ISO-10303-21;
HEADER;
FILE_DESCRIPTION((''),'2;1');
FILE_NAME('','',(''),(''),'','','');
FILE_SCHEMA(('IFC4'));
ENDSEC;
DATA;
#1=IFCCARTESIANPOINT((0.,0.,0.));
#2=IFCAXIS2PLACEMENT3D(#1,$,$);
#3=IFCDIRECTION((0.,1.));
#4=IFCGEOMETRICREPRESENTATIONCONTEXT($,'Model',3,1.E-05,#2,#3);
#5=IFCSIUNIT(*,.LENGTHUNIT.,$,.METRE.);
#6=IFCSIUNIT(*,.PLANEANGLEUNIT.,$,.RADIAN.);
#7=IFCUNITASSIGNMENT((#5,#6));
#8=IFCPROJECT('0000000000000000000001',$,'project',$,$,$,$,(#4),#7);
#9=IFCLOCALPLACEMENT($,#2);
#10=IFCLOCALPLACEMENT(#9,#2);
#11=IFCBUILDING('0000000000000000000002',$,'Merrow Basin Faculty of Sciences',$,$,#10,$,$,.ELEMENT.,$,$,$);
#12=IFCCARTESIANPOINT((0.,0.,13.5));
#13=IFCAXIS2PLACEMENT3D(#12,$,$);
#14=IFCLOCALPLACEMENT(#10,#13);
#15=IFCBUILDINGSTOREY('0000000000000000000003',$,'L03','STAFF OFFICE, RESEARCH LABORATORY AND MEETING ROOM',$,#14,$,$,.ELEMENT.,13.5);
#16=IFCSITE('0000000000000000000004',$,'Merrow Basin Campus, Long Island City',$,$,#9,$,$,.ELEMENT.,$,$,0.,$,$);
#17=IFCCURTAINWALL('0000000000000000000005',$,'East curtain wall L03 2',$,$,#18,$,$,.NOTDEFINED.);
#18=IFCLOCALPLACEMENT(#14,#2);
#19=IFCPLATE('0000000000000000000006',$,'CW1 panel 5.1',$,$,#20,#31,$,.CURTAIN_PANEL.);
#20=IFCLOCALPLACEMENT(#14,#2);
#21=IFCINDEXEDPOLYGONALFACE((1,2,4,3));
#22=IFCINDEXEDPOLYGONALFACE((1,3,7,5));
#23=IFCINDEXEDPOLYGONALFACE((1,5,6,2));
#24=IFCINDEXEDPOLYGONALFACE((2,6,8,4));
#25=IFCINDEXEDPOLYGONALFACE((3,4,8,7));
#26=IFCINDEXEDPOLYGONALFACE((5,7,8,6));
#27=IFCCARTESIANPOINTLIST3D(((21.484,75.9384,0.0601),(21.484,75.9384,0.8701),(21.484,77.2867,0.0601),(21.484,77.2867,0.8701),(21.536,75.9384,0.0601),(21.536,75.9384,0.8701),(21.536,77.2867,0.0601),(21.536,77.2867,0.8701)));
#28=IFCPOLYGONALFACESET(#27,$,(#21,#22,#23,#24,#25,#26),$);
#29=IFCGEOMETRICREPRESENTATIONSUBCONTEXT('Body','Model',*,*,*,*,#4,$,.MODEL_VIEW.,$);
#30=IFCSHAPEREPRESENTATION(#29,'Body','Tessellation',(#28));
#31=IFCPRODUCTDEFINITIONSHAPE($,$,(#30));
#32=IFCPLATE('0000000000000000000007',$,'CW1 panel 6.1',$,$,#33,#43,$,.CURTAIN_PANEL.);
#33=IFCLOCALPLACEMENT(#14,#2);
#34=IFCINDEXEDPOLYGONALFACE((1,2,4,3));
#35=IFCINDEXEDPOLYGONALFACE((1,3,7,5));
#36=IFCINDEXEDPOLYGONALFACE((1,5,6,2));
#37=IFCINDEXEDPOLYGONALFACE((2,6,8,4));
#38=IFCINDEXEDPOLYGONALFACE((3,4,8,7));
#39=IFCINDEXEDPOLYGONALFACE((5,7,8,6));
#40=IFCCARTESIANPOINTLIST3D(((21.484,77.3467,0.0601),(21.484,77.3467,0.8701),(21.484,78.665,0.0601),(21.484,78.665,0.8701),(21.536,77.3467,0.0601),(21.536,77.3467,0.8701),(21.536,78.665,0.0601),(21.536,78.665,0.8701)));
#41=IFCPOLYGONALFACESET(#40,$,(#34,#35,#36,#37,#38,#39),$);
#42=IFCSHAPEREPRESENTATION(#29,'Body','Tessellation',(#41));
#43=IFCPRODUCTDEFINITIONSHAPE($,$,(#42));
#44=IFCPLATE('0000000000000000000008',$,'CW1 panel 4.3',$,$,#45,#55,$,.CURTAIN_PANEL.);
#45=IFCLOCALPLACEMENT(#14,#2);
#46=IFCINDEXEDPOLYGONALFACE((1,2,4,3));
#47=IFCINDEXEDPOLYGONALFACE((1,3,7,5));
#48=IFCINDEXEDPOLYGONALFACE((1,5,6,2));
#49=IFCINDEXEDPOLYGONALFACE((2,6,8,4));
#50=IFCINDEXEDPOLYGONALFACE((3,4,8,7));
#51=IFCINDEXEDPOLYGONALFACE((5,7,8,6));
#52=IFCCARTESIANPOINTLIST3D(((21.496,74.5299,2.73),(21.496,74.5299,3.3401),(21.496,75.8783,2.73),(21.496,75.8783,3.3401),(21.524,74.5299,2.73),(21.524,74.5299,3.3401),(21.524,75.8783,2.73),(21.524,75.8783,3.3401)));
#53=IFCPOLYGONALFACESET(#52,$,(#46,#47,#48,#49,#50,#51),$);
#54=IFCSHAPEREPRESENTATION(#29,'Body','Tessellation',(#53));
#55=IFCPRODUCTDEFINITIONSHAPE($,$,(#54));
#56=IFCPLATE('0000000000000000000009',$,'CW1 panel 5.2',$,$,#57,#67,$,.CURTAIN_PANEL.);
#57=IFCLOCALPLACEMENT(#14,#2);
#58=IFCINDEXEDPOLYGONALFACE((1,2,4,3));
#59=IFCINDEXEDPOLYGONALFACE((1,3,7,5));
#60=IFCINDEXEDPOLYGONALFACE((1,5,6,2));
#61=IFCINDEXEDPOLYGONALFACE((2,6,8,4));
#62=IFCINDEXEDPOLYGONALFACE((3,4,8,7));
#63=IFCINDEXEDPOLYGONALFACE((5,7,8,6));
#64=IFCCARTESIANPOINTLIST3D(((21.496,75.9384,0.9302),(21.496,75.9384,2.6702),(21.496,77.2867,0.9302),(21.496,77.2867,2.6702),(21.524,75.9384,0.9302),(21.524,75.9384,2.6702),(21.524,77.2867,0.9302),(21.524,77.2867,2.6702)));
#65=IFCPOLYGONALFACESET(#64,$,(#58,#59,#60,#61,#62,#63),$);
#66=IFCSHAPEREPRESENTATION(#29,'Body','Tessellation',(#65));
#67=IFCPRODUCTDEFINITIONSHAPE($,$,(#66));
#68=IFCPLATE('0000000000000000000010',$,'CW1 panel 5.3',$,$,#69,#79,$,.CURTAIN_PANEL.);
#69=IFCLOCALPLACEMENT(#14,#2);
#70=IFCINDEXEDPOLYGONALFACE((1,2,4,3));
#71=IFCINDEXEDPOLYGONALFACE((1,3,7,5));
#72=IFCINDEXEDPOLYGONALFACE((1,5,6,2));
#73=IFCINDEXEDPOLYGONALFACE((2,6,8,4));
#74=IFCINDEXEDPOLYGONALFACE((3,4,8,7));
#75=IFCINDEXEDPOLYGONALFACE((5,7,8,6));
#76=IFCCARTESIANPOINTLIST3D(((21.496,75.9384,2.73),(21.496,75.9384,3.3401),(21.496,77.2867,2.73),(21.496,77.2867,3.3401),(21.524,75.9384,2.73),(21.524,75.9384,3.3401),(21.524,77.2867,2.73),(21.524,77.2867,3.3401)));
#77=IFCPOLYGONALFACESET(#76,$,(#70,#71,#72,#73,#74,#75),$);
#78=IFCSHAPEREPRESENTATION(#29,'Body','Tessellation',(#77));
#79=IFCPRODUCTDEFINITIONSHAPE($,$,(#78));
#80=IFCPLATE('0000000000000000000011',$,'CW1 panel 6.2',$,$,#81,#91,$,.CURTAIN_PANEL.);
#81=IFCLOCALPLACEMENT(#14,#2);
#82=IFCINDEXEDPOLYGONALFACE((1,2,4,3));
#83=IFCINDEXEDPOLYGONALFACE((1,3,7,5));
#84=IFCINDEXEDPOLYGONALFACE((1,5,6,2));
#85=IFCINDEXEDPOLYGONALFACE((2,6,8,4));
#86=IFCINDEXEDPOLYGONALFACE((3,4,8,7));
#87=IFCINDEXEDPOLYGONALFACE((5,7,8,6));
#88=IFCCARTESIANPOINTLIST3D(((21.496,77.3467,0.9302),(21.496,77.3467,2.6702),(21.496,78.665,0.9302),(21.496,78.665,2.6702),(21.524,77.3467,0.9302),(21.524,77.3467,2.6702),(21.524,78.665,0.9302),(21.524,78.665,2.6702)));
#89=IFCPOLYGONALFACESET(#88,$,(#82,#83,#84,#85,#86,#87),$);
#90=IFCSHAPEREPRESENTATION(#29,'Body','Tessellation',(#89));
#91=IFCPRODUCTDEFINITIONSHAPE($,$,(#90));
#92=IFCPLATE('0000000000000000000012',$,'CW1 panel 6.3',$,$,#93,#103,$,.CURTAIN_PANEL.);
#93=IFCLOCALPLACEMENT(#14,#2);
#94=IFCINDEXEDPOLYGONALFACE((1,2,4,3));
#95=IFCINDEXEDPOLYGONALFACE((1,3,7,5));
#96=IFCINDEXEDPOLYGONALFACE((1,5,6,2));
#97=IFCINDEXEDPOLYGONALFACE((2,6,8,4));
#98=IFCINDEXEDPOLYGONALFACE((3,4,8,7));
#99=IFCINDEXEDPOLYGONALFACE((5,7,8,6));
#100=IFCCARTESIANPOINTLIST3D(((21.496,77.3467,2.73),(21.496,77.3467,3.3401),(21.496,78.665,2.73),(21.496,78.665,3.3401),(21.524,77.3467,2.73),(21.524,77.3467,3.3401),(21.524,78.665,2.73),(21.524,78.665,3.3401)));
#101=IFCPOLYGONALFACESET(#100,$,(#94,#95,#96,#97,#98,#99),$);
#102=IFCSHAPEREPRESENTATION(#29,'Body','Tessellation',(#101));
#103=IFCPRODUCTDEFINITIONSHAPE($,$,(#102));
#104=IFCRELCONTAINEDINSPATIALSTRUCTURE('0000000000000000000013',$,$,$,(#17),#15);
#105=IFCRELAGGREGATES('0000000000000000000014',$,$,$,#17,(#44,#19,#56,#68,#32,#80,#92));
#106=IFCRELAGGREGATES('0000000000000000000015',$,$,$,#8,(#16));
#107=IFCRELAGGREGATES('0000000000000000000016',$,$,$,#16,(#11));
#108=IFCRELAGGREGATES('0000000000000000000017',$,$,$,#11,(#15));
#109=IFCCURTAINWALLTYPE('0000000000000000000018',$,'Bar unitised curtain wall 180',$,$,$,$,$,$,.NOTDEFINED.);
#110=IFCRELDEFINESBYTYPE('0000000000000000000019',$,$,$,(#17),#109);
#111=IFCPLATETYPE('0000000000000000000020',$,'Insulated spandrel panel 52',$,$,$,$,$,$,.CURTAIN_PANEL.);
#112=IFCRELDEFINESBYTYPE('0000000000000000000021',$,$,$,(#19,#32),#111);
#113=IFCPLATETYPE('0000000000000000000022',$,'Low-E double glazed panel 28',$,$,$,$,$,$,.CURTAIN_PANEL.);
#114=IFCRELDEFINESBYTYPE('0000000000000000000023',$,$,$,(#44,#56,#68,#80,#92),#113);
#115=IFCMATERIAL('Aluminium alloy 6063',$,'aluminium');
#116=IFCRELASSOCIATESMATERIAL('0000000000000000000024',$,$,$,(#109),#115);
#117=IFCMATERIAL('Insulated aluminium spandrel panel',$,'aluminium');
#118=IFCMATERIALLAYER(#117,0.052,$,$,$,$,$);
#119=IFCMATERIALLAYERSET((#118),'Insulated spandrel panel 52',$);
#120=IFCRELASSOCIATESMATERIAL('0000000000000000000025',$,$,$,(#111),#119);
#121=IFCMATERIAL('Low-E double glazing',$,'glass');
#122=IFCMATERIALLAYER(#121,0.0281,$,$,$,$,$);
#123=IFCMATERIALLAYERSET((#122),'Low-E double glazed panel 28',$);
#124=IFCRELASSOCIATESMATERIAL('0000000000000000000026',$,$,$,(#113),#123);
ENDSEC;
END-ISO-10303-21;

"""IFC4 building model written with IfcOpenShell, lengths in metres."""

from ifc_helpers import new_model, si_unit, direction, frame, origin, origin_2d, place, context, subcontext, project, spatial, rectangle, extrude, material, layer, layer_set, type_object, element, aggregate, save


model = new_model("IFC4")

# Units and contexts
model_context = context("Model", 3, precision=1e-05, world=origin(), true_north=direction((0.0, 1.0)))
body_context = subcontext(model_context, "Body", "Model", "MODEL_VIEW")
ifc_project = project(units=[si_unit("LENGTHUNIT", "METRE"), si_unit("PLANEANGLEUNIT", "RADIAN")], contexts=[model_context])

# Site, building, storey
site_placement = place(None, origin())
site = spatial("IfcSite", under=ifc_project, at=site_placement, Name="Merrow Basin Campus, Long Island City", CompositionType="ELEMENT", RefElevation=0.0)
building_placement = place(site_placement, origin())
building = spatial("IfcBuilding", under=site, at=building_placement, Name="Merrow Basin Faculty of Sciences", CompositionType="ELEMENT")
storey_placement = place(building_placement, frame((0.0, 0.0, 13.5)))
storey = spatial("IfcBuildingStorey", under=building, at=storey_placement, Name="L03", Description="STAFF OFFICE, RESEARCH LABORATORY AND MEETING ROOM", CompositionType="ELEMENT", Elevation=13.5)

# Curtain wall
ifc_material_1 = material(Name="Aluminium alloy 6063", Category="aluminium")
curtain_wall_type = type_object("IfcCurtainWallType", Name="Bar unitised curtain wall 180", PredefinedType="NOTDEFINED", material=ifc_material_1)
curtain_wall_1_placement = place(storey_placement, origin())
curtain_wall_1 = element("IfcCurtainWall", 1, at=curtain_wall_1_placement, inside=storey, type_object=curtain_wall_type, Name="East curtain wall L03 2", PredefinedType="NOTDEFINED")

# Plates
ifc_material_2 = material(Name="Insulated aluminium spandrel panel", Category="aluminium")
ifc_layer_1 = layer(ifc_material_2, 0.052)
ifc_layer_set_1 = layer_set([ifc_layer_1], Name="Insulated spandrel panel 52")
plate_type_1 = type_object("IfcPlateType", Name="Insulated spandrel panel 52", PredefinedType="CURTAIN_PANEL", material=ifc_layer_set_1)
plate_1_placement = place(storey_placement, frame((21.51, 76.6125, 0.0601), z_axis=(0.0, 0.0, 1.0), x_axis=(0.0, 1.0, 0.0)))
plate_1 = element("IfcPlate", 2, at=plate_1_placement, type_object=plate_type_1, Name="CW1 panel 5.1", PredefinedType="CURTAIN_PANEL", context=body_context, shape_type="SweptSolid", body=[
    extrude(rectangle(XDim=1.3484, YDim=0.052, at=origin_2d()), origin(), (0.0, 0.0, 1.0), 0.8101),
])
plate_2_placement = place(storey_placement, frame((21.51, 78.0059, 0.0601), z_axis=(0.0, 0.0, 1.0), x_axis=(0.0, 1.0, 0.0)))
plate_2 = element("IfcPlate", 3, at=plate_2_placement, type_object=plate_type_1, Name="CW1 panel 6.1", PredefinedType="CURTAIN_PANEL", context=body_context, shape_type="SweptSolid", body=[
    extrude(rectangle(XDim=1.3184, YDim=0.052, at=origin_2d()), origin(), (0.0, 0.0, 1.0), 0.8101),
])
ifc_material_3 = material(Name="Low-E double glazing", Category="glass")
ifc_layer_2 = layer(ifc_material_3, 0.0281)
ifc_layer_set_2 = layer_set([ifc_layer_2], Name="Low-E double glazed panel 28")
plate_type_2 = type_object("IfcPlateType", Name="Low-E double glazed panel 28", PredefinedType="CURTAIN_PANEL", material=ifc_layer_set_2)
plate_3_placement = place(storey_placement, frame((21.51, 75.2041, 2.73), z_axis=(0.0, 0.0, 1.0), x_axis=(0.0, 1.0, 0.0)))
plate_3 = element("IfcPlate", 4, at=plate_3_placement, type_object=plate_type_2, Name="CW1 panel 4.3", PredefinedType="CURTAIN_PANEL", context=body_context, shape_type="SweptSolid", body=[
    extrude(rectangle(XDim=1.3484, YDim=0.0281, at=origin_2d()), origin(), (0.0, 0.0, 1.0), 0.6101),
])
plate_4_placement = place(storey_placement, frame((21.51, 76.6125, 0.9302), z_axis=(0.0, 0.0, 1.0), x_axis=(0.0, 1.0, 0.0)))
plate_4 = element("IfcPlate", 5, at=plate_4_placement, type_object=plate_type_2, Name="CW1 panel 5.2", PredefinedType="CURTAIN_PANEL", context=body_context, shape_type="SweptSolid", body=[
    extrude(rectangle(XDim=1.3484, YDim=0.0281, at=origin_2d()), origin(), (0.0, 0.0, 1.0), 1.74),
])
plate_5_placement = place(storey_placement, frame((21.51, 76.6125, 2.73), z_axis=(0.0, 0.0, 1.0), x_axis=(0.0, 1.0, 0.0)))
plate_5 = element("IfcPlate", 6, at=plate_5_placement, type_object=plate_type_2, Name="CW1 panel 5.3", PredefinedType="CURTAIN_PANEL", context=body_context, shape_type="SweptSolid", body=[
    extrude(rectangle(XDim=1.3484, YDim=0.0281, at=origin_2d()), origin(), (0.0, 0.0, 1.0), 0.6101),
])
plate_6_placement = place(storey_placement, frame((21.51, 78.0059, 0.9302), z_axis=(0.0, 0.0, 1.0), x_axis=(0.0, 1.0, 0.0)))
plate_6 = element("IfcPlate", 7, at=plate_6_placement, type_object=plate_type_2, Name="CW1 panel 6.2", PredefinedType="CURTAIN_PANEL", context=body_context, shape_type="SweptSolid", body=[
    extrude(rectangle(XDim=1.3184, YDim=0.0281, at=origin_2d()), origin(), (0.0, 0.0, 1.0), 1.74),
])
plate_7_placement = place(storey_placement, frame((21.51, 78.0059, 2.73), z_axis=(0.0, 0.0, 1.0), x_axis=(0.0, 1.0, 0.0)))
plate_7 = element("IfcPlate", 8, at=plate_7_placement, type_object=plate_type_2, Name="CW1 panel 6.3", PredefinedType="CURTAIN_PANEL", context=body_context, shape_type="SweptSolid", body=[
    extrude(rectangle(XDim=1.3184, YDim=0.0281, at=origin_2d()), origin(), (0.0, 0.0, 1.0), 0.6101),
])
aggregate(curtain_wall_1, [plate_3, plate_1, plate_4, plate_5, plate_2, plate_6, plate_7])

save(model, "model.ifc")
